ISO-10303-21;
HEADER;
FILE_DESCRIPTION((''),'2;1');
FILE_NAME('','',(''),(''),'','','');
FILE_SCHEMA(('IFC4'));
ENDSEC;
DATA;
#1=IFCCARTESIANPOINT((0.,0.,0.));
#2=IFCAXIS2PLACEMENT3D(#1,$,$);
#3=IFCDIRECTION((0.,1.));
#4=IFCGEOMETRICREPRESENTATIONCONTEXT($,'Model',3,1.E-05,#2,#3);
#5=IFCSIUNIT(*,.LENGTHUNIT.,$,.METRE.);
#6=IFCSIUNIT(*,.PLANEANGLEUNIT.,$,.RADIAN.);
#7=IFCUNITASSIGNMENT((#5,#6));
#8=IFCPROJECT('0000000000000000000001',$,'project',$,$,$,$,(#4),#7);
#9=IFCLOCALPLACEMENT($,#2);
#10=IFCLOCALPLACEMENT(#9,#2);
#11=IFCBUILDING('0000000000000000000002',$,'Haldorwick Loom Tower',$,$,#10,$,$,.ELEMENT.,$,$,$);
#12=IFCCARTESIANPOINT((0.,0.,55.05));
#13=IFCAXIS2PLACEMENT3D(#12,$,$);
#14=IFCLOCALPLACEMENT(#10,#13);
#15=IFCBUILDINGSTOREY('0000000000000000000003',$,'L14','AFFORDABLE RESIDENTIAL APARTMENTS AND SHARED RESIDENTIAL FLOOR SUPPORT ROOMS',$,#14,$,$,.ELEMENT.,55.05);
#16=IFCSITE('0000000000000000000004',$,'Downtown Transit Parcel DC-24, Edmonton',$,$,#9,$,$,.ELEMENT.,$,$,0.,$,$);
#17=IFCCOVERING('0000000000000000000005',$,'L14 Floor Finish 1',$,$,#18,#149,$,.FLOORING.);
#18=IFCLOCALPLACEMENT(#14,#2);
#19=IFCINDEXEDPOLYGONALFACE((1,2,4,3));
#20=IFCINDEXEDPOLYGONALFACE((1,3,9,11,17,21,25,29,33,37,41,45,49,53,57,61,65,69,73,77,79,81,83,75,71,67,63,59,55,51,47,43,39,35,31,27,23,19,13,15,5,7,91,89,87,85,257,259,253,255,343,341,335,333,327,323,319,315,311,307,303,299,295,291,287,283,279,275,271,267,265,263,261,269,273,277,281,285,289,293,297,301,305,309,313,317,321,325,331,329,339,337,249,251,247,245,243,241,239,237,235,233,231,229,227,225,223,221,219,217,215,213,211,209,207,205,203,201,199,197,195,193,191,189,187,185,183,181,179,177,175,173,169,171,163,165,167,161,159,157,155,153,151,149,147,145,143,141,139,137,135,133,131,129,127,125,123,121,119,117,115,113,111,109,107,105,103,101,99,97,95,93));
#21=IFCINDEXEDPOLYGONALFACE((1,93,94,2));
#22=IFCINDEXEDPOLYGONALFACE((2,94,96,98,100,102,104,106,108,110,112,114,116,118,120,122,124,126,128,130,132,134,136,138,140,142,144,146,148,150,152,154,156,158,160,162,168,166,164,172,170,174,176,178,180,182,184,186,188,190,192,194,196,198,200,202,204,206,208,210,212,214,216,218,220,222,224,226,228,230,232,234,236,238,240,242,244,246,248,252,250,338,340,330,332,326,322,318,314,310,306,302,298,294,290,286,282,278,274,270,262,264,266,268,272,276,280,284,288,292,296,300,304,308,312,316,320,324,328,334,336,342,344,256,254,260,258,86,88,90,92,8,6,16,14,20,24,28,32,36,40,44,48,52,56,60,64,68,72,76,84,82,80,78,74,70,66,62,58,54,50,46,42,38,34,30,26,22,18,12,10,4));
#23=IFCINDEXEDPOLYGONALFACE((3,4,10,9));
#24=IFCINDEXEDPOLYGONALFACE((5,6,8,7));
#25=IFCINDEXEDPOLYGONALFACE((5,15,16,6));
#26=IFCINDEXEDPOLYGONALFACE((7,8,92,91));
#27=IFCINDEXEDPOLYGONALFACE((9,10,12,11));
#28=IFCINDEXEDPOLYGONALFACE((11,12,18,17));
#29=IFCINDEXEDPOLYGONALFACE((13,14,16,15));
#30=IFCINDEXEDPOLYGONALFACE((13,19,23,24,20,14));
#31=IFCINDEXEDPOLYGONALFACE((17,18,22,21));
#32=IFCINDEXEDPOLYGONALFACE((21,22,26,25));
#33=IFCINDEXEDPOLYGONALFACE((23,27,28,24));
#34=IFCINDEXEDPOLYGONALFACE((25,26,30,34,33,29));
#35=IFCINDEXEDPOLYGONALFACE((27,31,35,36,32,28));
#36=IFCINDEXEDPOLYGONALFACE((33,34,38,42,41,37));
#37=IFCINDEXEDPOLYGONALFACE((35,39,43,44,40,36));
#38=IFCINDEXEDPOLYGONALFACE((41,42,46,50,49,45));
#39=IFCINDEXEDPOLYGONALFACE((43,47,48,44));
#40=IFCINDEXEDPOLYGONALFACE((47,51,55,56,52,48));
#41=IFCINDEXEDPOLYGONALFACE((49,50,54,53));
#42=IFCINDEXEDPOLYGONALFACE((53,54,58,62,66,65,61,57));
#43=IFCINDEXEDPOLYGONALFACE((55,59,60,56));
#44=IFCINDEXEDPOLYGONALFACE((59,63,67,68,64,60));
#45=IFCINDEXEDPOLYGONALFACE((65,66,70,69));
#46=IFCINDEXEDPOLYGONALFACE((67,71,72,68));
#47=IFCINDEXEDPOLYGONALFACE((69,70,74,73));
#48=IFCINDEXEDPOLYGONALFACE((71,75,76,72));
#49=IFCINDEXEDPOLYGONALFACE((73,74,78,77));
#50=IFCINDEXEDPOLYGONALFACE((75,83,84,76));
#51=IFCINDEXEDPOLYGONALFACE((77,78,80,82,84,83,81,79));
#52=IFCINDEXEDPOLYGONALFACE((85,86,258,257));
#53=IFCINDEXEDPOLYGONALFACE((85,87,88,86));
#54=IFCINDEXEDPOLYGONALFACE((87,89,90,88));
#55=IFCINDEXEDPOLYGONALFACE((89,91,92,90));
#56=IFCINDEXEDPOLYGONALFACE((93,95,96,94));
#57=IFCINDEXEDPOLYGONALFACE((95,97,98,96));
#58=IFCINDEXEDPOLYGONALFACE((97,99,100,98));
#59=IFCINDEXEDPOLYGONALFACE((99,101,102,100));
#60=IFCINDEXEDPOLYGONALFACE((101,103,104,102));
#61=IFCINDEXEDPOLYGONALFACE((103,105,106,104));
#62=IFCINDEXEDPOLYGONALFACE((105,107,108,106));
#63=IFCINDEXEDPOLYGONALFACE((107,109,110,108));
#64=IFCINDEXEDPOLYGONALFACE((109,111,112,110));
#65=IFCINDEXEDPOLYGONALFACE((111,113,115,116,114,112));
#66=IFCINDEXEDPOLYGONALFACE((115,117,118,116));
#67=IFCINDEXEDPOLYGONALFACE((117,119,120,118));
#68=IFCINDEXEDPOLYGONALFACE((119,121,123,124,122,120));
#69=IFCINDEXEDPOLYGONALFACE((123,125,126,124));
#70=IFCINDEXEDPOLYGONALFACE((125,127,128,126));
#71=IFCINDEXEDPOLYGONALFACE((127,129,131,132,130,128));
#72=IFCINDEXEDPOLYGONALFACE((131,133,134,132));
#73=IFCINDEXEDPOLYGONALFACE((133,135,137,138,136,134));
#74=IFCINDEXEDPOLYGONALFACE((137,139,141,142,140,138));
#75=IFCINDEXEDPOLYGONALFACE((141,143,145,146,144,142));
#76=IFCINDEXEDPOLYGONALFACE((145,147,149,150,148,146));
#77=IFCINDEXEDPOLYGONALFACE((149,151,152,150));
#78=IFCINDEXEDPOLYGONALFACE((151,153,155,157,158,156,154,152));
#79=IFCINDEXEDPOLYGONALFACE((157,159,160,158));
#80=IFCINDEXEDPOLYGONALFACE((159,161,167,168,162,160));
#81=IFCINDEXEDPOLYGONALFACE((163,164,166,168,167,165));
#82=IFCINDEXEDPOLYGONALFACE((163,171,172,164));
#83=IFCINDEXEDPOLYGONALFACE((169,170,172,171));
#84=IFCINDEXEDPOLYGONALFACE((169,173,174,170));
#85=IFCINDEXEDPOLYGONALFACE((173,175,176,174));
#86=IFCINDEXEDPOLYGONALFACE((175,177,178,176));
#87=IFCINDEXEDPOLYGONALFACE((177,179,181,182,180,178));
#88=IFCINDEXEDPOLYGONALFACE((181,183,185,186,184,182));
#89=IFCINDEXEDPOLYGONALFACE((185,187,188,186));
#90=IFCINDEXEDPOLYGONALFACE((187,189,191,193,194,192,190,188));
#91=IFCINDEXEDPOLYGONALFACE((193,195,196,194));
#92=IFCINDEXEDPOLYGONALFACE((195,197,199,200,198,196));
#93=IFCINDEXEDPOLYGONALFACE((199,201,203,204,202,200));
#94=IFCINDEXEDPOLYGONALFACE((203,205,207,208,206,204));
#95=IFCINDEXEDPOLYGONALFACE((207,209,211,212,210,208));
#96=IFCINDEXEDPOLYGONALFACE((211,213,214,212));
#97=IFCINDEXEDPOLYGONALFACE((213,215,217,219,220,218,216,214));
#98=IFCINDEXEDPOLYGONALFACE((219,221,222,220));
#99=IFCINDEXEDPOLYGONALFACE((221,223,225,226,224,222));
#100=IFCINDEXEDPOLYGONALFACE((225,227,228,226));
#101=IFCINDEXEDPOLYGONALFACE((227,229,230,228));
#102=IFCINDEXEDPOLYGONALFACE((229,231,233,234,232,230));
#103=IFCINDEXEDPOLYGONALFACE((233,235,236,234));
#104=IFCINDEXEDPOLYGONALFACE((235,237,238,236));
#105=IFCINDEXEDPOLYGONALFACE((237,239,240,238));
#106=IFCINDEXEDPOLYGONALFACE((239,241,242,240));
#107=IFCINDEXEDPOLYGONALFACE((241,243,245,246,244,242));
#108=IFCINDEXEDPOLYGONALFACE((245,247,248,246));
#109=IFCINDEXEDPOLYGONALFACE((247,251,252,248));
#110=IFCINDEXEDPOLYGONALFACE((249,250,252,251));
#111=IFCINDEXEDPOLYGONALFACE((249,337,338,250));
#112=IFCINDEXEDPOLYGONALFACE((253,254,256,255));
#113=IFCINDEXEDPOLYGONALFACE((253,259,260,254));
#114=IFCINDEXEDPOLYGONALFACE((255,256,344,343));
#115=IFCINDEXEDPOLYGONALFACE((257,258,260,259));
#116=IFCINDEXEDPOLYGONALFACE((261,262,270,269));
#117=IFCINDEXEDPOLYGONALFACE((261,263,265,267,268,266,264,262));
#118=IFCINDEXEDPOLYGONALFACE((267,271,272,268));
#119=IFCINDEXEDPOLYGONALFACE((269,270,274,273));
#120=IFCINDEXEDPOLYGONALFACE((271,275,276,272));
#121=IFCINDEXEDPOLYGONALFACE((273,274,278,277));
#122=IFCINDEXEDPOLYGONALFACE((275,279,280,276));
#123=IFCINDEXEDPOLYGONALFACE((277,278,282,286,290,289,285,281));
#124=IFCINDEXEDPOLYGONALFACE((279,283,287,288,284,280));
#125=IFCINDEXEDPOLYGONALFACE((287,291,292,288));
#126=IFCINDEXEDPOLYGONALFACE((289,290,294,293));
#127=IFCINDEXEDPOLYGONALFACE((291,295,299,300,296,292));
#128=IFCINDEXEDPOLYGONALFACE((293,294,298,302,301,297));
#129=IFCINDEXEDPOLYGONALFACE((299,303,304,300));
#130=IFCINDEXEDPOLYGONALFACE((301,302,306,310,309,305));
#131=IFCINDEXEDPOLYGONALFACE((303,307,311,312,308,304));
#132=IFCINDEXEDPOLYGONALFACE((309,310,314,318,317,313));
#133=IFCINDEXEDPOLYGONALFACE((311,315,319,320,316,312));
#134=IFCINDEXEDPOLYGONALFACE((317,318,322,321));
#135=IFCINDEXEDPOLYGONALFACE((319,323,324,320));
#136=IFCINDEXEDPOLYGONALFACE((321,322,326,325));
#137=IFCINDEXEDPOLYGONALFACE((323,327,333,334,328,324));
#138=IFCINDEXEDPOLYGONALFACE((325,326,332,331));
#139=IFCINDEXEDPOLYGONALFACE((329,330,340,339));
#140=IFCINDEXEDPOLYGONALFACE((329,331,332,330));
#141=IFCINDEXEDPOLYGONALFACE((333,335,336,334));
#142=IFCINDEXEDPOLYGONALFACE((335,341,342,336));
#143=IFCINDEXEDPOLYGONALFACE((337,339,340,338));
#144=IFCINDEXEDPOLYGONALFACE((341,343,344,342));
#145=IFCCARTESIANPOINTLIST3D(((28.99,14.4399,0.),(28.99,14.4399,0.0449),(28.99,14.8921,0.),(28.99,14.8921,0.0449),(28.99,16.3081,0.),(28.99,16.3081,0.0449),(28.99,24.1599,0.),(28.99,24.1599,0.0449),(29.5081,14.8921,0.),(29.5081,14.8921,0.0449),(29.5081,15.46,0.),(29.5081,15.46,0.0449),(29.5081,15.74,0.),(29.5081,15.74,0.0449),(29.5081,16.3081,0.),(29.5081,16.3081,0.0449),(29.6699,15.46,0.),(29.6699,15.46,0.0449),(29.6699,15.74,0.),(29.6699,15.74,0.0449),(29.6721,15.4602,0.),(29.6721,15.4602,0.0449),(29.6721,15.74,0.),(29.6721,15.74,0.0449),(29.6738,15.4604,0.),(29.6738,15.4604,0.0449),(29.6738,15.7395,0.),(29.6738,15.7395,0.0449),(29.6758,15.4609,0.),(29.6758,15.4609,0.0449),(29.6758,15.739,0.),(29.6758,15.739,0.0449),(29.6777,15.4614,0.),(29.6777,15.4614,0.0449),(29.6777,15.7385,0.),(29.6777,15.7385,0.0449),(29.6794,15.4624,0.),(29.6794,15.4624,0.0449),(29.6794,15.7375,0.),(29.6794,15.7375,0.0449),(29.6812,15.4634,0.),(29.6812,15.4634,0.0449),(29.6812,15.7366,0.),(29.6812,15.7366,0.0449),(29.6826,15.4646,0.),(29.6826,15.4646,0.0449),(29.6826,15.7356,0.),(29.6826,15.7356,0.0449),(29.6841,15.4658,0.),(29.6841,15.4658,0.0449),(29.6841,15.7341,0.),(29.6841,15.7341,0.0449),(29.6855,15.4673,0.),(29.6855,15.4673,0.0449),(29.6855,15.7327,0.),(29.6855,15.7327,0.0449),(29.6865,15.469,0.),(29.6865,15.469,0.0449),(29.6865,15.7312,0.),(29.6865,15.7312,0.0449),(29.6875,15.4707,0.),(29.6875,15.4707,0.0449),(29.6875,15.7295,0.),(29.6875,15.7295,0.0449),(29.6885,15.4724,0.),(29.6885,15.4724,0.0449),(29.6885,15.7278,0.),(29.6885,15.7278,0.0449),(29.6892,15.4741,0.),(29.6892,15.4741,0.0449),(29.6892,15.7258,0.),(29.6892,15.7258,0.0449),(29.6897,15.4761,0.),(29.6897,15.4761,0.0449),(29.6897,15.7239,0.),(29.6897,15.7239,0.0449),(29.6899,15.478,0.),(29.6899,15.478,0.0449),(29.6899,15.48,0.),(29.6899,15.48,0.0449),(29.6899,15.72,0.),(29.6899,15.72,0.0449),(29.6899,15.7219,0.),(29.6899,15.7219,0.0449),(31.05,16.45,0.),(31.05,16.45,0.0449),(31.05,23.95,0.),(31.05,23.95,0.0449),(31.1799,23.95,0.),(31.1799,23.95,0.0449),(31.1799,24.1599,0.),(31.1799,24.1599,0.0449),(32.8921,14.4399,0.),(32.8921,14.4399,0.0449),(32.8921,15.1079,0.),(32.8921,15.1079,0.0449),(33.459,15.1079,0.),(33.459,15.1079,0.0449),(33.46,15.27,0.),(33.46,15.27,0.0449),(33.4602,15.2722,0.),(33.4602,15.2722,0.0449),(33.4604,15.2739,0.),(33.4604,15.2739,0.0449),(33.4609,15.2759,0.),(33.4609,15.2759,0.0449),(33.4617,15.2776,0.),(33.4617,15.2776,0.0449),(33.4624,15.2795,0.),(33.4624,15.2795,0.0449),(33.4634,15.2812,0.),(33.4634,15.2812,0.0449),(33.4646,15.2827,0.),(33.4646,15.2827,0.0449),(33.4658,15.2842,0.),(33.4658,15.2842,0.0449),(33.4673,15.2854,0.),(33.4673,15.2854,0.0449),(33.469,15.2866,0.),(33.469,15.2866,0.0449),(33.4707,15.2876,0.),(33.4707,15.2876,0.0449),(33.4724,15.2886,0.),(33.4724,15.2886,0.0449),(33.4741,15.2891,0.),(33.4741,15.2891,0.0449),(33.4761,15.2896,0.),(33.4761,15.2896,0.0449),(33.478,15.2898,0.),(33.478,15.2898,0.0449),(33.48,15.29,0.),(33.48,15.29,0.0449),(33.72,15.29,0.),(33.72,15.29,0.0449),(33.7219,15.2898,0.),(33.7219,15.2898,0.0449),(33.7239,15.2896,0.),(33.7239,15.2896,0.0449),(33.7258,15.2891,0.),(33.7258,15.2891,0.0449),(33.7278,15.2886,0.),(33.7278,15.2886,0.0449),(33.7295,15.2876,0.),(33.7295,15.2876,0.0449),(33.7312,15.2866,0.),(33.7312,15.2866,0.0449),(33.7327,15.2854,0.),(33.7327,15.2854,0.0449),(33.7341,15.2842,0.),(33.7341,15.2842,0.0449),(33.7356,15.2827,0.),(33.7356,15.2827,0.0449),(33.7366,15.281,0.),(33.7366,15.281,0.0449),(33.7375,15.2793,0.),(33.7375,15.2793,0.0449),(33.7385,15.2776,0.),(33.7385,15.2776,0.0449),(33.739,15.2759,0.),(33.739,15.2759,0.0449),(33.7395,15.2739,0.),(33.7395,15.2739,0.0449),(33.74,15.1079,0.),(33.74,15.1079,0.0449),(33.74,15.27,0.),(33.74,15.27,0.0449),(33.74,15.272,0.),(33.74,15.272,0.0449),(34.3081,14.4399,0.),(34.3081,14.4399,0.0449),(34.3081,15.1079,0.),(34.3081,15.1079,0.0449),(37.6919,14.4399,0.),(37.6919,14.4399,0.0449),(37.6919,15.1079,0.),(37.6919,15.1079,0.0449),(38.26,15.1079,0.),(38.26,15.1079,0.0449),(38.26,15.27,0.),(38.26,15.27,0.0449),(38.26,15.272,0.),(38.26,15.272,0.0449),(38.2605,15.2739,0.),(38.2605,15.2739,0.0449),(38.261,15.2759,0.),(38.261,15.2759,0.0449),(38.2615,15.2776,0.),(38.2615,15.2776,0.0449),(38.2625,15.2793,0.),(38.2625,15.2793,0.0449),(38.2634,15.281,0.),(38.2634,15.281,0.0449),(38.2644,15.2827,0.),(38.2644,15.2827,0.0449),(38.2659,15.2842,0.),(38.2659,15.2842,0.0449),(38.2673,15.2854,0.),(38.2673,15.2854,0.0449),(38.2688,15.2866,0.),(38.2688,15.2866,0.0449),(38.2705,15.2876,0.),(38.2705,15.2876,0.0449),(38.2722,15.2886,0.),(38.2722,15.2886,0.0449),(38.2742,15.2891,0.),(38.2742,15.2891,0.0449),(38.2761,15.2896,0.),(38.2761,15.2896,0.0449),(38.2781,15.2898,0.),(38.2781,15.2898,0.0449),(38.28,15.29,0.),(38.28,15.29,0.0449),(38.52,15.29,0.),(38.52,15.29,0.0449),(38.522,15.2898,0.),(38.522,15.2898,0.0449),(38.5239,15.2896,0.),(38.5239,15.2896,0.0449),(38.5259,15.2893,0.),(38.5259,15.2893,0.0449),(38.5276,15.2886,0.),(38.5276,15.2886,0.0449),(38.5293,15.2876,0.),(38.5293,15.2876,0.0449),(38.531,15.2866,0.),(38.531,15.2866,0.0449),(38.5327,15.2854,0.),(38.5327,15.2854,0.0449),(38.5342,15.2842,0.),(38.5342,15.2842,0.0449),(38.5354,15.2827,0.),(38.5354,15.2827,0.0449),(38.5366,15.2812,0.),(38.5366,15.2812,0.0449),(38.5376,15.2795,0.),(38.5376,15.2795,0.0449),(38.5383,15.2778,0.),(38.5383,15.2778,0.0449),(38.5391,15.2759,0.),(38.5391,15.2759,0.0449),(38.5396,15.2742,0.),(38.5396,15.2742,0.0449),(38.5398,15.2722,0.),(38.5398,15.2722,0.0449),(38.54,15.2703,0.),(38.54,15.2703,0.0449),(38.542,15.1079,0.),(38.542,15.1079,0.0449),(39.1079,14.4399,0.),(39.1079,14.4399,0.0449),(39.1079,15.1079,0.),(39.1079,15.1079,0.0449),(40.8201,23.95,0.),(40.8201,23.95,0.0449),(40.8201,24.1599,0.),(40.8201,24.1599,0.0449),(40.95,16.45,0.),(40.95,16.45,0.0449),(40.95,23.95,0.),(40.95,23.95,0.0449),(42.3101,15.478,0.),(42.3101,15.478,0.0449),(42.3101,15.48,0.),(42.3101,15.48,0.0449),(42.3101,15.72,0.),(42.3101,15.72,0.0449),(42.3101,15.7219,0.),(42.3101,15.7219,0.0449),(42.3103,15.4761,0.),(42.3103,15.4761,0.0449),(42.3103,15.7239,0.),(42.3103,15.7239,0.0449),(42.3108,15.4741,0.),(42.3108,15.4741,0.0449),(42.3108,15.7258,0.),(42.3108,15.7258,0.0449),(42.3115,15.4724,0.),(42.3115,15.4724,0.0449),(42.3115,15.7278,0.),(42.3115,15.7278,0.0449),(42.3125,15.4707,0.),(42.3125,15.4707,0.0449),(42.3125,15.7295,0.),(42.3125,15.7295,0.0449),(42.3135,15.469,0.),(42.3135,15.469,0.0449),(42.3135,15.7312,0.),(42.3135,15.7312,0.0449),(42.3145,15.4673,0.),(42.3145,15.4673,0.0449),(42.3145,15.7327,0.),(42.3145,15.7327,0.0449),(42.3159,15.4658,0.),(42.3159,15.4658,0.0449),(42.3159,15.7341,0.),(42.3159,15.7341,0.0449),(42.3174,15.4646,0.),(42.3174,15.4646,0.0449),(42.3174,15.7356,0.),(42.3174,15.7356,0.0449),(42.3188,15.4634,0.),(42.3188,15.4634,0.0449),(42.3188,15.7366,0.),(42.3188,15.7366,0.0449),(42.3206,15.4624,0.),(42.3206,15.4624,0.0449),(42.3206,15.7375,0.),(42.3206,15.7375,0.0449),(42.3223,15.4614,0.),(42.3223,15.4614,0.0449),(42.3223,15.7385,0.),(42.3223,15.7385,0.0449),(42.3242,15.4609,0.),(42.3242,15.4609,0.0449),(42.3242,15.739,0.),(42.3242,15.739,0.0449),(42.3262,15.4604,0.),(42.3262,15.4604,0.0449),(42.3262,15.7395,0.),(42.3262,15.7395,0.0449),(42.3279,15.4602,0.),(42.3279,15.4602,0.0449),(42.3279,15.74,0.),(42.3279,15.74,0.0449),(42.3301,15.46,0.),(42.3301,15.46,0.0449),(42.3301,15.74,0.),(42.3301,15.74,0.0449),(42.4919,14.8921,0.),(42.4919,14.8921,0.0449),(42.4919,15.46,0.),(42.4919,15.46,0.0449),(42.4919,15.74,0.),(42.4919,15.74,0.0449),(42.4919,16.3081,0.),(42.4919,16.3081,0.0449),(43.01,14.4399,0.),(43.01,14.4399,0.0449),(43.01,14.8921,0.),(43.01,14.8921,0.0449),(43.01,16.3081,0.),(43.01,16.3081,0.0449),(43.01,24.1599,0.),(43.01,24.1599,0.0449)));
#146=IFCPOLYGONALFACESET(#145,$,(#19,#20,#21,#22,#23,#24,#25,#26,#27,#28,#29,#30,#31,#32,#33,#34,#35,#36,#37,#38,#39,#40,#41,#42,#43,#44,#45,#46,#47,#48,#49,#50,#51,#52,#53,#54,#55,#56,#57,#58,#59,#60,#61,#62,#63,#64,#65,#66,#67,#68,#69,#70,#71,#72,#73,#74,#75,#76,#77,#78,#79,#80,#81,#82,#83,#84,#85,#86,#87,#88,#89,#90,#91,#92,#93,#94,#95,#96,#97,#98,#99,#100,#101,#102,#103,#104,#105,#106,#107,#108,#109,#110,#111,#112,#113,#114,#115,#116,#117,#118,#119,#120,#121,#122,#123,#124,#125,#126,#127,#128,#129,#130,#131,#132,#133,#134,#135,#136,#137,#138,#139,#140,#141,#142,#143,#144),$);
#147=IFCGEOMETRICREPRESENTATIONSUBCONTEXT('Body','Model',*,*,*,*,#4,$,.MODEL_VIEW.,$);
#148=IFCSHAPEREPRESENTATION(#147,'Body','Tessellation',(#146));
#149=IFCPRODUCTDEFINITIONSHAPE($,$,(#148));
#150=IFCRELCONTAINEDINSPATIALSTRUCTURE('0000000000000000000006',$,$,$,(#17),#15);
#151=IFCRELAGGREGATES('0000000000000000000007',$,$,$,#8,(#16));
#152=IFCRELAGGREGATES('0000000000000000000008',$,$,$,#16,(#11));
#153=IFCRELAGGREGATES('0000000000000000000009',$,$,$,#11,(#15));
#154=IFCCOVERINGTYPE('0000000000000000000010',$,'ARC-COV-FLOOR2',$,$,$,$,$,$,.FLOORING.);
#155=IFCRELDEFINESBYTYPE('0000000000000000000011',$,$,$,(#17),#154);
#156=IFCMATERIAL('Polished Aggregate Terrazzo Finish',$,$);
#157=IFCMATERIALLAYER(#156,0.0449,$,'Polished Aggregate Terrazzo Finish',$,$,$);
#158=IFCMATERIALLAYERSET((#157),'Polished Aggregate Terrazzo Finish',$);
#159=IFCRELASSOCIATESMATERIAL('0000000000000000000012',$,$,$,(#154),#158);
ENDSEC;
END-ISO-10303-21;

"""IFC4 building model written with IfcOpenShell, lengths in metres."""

from ifc_helpers import new_model, si_unit, direction, frame, origin, place, context, subcontext, project, spatial, polyline, outline, extrude, material, layer, layer_set, type_object, element, save


model = new_model("IFC4")

# Units and contexts
model_context = context("Model", 3, precision=1e-05, world=origin(), true_north=direction((0.0, 1.0)))
body_context = subcontext(model_context, "Body", "Model", "MODEL_VIEW")
ifc_project = project(units=[si_unit("LENGTHUNIT", "METRE"), si_unit("PLANEANGLEUNIT", "RADIAN")], contexts=[model_context])

# Site, building, storey
site_placement = place(None, origin())
site = spatial("IfcSite", under=ifc_project, at=site_placement, Name="Downtown Transit Parcel DC-24, Edmonton", CompositionType="ELEMENT", RefElevation=0.0)
building_placement = place(site_placement, origin())
building = spatial("IfcBuilding", under=site, at=building_placement, Name="Haldorwick Loom Tower", CompositionType="ELEMENT")
storey_placement = place(building_placement, frame((0.0, 0.0, 55.05)))
storey = spatial("IfcBuildingStorey", under=building, at=storey_placement, Name="L14", Description="AFFORDABLE RESIDENTIAL APARTMENTS AND SHARED RESIDENTIAL FLOOR SUPPORT ROOMS", CompositionType="ELEMENT", Elevation=55.05)

# Covering
ifc_material_1 = material(Name="Polished Aggregate Terrazzo Finish")
ifc_layer_1 = layer(ifc_material_1, 0.0449, Name="Polished Aggregate Terrazzo Finish")
ifc_layer_set_1 = layer_set([ifc_layer_1], Name="Polished Aggregate Terrazzo Finish")
covering_type_1 = type_object("IfcCoveringType", Name="ARC-COV-FLOOR2", PredefinedType="FLOORING", material=ifc_layer_set_1)
covering_1_placement = place(storey_placement, origin())
element("IfcCovering", 1, at=covering_1_placement, inside=storey, type_object=covering_type_1, Name="L14 Floor Finish 1", PredefinedType="FLOORING", context=body_context, shape_type="SweptSolid", body=[
    extrude(outline(polyline([(37.6919, 14.4399), (37.6919, 15.1079), (38.26, 15.1079), (38.26, 15.27), (38.26, 15.272), (38.2605, 15.2739), (38.261, 15.2759), (38.2615, 15.2776), (38.2625, 15.2793), (38.2634, 15.281), (38.2644, 15.2827), (38.2659, 15.2842), (38.2673, 15.2854), (38.2688, 15.2866), (38.2705, 15.2876), (38.2722, 15.2886), (38.2742, 15.2891), (38.2761, 15.2896), (38.2781, 15.2898), (38.28, 15.29), (38.52, 15.29), (38.522, 15.2898), (38.5239, 15.2896), (38.5259, 15.2893), (38.5276, 15.2886), (38.5293, 15.2876), (38.531, 15.2866), (38.5327, 15.2854), (38.5342, 15.2842), (38.5354, 15.2827), (38.5366, 15.2812), (38.5376, 15.2795), (38.5383, 15.2778), (38.5391, 15.2759), (38.5396, 15.2742), (38.5398, 15.2722), (38.54, 15.2703), (38.542, 15.1079), (39.1079, 15.1079), (39.1079, 14.4399), (43.01, 14.4399), (43.01, 14.8921), (42.4919, 14.8921), (42.4919, 15.46), (42.3301, 15.46), (42.3279, 15.4602), (42.3262, 15.4604), (42.3242, 15.4609), (42.3223, 15.4614), (42.3206, 15.4624), (42.3188, 15.4634), (42.3174, 15.4646), (42.3159, 15.4658), (42.3145, 15.4673), (42.3135, 15.469), (42.3125, 15.4707), (42.3115, 15.4724), (42.3108, 15.4741), (42.3103, 15.4761), (42.3101, 15.478), (42.3101, 15.48), (42.3101, 15.72), (42.3101, 15.7219), (42.3103, 15.7239), (42.3108, 15.7258), (42.3115, 15.7278), (42.3125, 15.7295), (42.3135, 15.7312), (42.3145, 15.7327), (42.3159, 15.7341), (42.3174, 15.7356), (42.3188, 15.7366), (42.3206, 15.7375), (42.3223, 15.7385), (42.3242, 15.739), (42.3262, 15.7395), (42.3279, 15.74), (42.3301, 15.74), (42.4919, 15.74), (42.4919, 16.3081), (43.01, 16.3081), (43.01, 24.1599), (40.8201, 24.1599), (40.8201, 23.95), (40.95, 23.95), (40.95, 16.45), (31.05, 16.45), (31.05, 23.95), (31.1799, 23.95), (31.1799, 24.1599), (28.99, 24.1599), (28.99, 16.3081), (29.5081, 16.3081), (29.5081, 15.74), (29.6699, 15.74), (29.6721, 15.74), (29.6738, 15.7395), (29.6758, 15.739), (29.6777, 15.7385), (29.6794, 15.7375), (29.6812, 15.7366), (29.6826, 15.7356), (29.6841, 15.7341), (29.6855, 15.7327), (29.6865, 15.7312), (29.6875, 15.7295), (29.6885, 15.7278), (29.6892, 15.7258), (29.6897, 15.7239), (29.6899, 15.7219), (29.6899, 15.72), (29.6899, 15.48), (29.6899, 15.478), (29.6897, 15.4761), (29.6892, 15.4741), (29.6885, 15.4724), (29.6875, 15.4707), (29.6865, 15.469), (29.6855, 15.4673), (29.6841, 15.4658), (29.6826, 15.4646), (29.6812, 15.4634), (29.6794, 15.4624), (29.6777, 15.4614), (29.6758, 15.4609), (29.6738, 15.4604), (29.6721, 15.4602), (29.6699, 15.46), (29.5081, 15.46), (29.5081, 14.8921), (28.99, 14.8921), (28.99, 14.4399), (32.8921, 14.4399), (32.8921, 15.1079), (33.459, 15.1079), (33.46, 15.27), (33.4602, 15.2722), (33.4604, 15.2739), (33.4609, 15.2759), (33.4617, 15.2776), (33.4624, 15.2795), (33.4634, 15.2812), (33.4646, 15.2827), (33.4658, 15.2842), (33.4673, 15.2854), (33.469, 15.2866), (33.4707, 15.2876), (33.4724, 15.2886), (33.4741, 15.2891), (33.4761, 15.2896), (33.478, 15.2898), (33.48, 15.29), (33.72, 15.29), (33.7219, 15.2898), (33.7239, 15.2896), (33.7258, 15.2891), (33.7278, 15.2886), (33.7295, 15.2876), (33.7312, 15.2866), (33.7327, 15.2854), (33.7341, 15.2842), (33.7356, 15.2827), (33.7366, 15.281), (33.7375, 15.2793), (33.7385, 15.2776), (33.739, 15.2759), (33.7395, 15.2739), (33.74, 15.272), (33.74, 15.27), (33.74, 15.1079), (34.3081, 15.1079), (34.3081, 14.4399), (37.6919, 14.4399)])), origin(), (0.0, 0.0, 1.0), 0.0449),
])

save(model, "model.ifc")
